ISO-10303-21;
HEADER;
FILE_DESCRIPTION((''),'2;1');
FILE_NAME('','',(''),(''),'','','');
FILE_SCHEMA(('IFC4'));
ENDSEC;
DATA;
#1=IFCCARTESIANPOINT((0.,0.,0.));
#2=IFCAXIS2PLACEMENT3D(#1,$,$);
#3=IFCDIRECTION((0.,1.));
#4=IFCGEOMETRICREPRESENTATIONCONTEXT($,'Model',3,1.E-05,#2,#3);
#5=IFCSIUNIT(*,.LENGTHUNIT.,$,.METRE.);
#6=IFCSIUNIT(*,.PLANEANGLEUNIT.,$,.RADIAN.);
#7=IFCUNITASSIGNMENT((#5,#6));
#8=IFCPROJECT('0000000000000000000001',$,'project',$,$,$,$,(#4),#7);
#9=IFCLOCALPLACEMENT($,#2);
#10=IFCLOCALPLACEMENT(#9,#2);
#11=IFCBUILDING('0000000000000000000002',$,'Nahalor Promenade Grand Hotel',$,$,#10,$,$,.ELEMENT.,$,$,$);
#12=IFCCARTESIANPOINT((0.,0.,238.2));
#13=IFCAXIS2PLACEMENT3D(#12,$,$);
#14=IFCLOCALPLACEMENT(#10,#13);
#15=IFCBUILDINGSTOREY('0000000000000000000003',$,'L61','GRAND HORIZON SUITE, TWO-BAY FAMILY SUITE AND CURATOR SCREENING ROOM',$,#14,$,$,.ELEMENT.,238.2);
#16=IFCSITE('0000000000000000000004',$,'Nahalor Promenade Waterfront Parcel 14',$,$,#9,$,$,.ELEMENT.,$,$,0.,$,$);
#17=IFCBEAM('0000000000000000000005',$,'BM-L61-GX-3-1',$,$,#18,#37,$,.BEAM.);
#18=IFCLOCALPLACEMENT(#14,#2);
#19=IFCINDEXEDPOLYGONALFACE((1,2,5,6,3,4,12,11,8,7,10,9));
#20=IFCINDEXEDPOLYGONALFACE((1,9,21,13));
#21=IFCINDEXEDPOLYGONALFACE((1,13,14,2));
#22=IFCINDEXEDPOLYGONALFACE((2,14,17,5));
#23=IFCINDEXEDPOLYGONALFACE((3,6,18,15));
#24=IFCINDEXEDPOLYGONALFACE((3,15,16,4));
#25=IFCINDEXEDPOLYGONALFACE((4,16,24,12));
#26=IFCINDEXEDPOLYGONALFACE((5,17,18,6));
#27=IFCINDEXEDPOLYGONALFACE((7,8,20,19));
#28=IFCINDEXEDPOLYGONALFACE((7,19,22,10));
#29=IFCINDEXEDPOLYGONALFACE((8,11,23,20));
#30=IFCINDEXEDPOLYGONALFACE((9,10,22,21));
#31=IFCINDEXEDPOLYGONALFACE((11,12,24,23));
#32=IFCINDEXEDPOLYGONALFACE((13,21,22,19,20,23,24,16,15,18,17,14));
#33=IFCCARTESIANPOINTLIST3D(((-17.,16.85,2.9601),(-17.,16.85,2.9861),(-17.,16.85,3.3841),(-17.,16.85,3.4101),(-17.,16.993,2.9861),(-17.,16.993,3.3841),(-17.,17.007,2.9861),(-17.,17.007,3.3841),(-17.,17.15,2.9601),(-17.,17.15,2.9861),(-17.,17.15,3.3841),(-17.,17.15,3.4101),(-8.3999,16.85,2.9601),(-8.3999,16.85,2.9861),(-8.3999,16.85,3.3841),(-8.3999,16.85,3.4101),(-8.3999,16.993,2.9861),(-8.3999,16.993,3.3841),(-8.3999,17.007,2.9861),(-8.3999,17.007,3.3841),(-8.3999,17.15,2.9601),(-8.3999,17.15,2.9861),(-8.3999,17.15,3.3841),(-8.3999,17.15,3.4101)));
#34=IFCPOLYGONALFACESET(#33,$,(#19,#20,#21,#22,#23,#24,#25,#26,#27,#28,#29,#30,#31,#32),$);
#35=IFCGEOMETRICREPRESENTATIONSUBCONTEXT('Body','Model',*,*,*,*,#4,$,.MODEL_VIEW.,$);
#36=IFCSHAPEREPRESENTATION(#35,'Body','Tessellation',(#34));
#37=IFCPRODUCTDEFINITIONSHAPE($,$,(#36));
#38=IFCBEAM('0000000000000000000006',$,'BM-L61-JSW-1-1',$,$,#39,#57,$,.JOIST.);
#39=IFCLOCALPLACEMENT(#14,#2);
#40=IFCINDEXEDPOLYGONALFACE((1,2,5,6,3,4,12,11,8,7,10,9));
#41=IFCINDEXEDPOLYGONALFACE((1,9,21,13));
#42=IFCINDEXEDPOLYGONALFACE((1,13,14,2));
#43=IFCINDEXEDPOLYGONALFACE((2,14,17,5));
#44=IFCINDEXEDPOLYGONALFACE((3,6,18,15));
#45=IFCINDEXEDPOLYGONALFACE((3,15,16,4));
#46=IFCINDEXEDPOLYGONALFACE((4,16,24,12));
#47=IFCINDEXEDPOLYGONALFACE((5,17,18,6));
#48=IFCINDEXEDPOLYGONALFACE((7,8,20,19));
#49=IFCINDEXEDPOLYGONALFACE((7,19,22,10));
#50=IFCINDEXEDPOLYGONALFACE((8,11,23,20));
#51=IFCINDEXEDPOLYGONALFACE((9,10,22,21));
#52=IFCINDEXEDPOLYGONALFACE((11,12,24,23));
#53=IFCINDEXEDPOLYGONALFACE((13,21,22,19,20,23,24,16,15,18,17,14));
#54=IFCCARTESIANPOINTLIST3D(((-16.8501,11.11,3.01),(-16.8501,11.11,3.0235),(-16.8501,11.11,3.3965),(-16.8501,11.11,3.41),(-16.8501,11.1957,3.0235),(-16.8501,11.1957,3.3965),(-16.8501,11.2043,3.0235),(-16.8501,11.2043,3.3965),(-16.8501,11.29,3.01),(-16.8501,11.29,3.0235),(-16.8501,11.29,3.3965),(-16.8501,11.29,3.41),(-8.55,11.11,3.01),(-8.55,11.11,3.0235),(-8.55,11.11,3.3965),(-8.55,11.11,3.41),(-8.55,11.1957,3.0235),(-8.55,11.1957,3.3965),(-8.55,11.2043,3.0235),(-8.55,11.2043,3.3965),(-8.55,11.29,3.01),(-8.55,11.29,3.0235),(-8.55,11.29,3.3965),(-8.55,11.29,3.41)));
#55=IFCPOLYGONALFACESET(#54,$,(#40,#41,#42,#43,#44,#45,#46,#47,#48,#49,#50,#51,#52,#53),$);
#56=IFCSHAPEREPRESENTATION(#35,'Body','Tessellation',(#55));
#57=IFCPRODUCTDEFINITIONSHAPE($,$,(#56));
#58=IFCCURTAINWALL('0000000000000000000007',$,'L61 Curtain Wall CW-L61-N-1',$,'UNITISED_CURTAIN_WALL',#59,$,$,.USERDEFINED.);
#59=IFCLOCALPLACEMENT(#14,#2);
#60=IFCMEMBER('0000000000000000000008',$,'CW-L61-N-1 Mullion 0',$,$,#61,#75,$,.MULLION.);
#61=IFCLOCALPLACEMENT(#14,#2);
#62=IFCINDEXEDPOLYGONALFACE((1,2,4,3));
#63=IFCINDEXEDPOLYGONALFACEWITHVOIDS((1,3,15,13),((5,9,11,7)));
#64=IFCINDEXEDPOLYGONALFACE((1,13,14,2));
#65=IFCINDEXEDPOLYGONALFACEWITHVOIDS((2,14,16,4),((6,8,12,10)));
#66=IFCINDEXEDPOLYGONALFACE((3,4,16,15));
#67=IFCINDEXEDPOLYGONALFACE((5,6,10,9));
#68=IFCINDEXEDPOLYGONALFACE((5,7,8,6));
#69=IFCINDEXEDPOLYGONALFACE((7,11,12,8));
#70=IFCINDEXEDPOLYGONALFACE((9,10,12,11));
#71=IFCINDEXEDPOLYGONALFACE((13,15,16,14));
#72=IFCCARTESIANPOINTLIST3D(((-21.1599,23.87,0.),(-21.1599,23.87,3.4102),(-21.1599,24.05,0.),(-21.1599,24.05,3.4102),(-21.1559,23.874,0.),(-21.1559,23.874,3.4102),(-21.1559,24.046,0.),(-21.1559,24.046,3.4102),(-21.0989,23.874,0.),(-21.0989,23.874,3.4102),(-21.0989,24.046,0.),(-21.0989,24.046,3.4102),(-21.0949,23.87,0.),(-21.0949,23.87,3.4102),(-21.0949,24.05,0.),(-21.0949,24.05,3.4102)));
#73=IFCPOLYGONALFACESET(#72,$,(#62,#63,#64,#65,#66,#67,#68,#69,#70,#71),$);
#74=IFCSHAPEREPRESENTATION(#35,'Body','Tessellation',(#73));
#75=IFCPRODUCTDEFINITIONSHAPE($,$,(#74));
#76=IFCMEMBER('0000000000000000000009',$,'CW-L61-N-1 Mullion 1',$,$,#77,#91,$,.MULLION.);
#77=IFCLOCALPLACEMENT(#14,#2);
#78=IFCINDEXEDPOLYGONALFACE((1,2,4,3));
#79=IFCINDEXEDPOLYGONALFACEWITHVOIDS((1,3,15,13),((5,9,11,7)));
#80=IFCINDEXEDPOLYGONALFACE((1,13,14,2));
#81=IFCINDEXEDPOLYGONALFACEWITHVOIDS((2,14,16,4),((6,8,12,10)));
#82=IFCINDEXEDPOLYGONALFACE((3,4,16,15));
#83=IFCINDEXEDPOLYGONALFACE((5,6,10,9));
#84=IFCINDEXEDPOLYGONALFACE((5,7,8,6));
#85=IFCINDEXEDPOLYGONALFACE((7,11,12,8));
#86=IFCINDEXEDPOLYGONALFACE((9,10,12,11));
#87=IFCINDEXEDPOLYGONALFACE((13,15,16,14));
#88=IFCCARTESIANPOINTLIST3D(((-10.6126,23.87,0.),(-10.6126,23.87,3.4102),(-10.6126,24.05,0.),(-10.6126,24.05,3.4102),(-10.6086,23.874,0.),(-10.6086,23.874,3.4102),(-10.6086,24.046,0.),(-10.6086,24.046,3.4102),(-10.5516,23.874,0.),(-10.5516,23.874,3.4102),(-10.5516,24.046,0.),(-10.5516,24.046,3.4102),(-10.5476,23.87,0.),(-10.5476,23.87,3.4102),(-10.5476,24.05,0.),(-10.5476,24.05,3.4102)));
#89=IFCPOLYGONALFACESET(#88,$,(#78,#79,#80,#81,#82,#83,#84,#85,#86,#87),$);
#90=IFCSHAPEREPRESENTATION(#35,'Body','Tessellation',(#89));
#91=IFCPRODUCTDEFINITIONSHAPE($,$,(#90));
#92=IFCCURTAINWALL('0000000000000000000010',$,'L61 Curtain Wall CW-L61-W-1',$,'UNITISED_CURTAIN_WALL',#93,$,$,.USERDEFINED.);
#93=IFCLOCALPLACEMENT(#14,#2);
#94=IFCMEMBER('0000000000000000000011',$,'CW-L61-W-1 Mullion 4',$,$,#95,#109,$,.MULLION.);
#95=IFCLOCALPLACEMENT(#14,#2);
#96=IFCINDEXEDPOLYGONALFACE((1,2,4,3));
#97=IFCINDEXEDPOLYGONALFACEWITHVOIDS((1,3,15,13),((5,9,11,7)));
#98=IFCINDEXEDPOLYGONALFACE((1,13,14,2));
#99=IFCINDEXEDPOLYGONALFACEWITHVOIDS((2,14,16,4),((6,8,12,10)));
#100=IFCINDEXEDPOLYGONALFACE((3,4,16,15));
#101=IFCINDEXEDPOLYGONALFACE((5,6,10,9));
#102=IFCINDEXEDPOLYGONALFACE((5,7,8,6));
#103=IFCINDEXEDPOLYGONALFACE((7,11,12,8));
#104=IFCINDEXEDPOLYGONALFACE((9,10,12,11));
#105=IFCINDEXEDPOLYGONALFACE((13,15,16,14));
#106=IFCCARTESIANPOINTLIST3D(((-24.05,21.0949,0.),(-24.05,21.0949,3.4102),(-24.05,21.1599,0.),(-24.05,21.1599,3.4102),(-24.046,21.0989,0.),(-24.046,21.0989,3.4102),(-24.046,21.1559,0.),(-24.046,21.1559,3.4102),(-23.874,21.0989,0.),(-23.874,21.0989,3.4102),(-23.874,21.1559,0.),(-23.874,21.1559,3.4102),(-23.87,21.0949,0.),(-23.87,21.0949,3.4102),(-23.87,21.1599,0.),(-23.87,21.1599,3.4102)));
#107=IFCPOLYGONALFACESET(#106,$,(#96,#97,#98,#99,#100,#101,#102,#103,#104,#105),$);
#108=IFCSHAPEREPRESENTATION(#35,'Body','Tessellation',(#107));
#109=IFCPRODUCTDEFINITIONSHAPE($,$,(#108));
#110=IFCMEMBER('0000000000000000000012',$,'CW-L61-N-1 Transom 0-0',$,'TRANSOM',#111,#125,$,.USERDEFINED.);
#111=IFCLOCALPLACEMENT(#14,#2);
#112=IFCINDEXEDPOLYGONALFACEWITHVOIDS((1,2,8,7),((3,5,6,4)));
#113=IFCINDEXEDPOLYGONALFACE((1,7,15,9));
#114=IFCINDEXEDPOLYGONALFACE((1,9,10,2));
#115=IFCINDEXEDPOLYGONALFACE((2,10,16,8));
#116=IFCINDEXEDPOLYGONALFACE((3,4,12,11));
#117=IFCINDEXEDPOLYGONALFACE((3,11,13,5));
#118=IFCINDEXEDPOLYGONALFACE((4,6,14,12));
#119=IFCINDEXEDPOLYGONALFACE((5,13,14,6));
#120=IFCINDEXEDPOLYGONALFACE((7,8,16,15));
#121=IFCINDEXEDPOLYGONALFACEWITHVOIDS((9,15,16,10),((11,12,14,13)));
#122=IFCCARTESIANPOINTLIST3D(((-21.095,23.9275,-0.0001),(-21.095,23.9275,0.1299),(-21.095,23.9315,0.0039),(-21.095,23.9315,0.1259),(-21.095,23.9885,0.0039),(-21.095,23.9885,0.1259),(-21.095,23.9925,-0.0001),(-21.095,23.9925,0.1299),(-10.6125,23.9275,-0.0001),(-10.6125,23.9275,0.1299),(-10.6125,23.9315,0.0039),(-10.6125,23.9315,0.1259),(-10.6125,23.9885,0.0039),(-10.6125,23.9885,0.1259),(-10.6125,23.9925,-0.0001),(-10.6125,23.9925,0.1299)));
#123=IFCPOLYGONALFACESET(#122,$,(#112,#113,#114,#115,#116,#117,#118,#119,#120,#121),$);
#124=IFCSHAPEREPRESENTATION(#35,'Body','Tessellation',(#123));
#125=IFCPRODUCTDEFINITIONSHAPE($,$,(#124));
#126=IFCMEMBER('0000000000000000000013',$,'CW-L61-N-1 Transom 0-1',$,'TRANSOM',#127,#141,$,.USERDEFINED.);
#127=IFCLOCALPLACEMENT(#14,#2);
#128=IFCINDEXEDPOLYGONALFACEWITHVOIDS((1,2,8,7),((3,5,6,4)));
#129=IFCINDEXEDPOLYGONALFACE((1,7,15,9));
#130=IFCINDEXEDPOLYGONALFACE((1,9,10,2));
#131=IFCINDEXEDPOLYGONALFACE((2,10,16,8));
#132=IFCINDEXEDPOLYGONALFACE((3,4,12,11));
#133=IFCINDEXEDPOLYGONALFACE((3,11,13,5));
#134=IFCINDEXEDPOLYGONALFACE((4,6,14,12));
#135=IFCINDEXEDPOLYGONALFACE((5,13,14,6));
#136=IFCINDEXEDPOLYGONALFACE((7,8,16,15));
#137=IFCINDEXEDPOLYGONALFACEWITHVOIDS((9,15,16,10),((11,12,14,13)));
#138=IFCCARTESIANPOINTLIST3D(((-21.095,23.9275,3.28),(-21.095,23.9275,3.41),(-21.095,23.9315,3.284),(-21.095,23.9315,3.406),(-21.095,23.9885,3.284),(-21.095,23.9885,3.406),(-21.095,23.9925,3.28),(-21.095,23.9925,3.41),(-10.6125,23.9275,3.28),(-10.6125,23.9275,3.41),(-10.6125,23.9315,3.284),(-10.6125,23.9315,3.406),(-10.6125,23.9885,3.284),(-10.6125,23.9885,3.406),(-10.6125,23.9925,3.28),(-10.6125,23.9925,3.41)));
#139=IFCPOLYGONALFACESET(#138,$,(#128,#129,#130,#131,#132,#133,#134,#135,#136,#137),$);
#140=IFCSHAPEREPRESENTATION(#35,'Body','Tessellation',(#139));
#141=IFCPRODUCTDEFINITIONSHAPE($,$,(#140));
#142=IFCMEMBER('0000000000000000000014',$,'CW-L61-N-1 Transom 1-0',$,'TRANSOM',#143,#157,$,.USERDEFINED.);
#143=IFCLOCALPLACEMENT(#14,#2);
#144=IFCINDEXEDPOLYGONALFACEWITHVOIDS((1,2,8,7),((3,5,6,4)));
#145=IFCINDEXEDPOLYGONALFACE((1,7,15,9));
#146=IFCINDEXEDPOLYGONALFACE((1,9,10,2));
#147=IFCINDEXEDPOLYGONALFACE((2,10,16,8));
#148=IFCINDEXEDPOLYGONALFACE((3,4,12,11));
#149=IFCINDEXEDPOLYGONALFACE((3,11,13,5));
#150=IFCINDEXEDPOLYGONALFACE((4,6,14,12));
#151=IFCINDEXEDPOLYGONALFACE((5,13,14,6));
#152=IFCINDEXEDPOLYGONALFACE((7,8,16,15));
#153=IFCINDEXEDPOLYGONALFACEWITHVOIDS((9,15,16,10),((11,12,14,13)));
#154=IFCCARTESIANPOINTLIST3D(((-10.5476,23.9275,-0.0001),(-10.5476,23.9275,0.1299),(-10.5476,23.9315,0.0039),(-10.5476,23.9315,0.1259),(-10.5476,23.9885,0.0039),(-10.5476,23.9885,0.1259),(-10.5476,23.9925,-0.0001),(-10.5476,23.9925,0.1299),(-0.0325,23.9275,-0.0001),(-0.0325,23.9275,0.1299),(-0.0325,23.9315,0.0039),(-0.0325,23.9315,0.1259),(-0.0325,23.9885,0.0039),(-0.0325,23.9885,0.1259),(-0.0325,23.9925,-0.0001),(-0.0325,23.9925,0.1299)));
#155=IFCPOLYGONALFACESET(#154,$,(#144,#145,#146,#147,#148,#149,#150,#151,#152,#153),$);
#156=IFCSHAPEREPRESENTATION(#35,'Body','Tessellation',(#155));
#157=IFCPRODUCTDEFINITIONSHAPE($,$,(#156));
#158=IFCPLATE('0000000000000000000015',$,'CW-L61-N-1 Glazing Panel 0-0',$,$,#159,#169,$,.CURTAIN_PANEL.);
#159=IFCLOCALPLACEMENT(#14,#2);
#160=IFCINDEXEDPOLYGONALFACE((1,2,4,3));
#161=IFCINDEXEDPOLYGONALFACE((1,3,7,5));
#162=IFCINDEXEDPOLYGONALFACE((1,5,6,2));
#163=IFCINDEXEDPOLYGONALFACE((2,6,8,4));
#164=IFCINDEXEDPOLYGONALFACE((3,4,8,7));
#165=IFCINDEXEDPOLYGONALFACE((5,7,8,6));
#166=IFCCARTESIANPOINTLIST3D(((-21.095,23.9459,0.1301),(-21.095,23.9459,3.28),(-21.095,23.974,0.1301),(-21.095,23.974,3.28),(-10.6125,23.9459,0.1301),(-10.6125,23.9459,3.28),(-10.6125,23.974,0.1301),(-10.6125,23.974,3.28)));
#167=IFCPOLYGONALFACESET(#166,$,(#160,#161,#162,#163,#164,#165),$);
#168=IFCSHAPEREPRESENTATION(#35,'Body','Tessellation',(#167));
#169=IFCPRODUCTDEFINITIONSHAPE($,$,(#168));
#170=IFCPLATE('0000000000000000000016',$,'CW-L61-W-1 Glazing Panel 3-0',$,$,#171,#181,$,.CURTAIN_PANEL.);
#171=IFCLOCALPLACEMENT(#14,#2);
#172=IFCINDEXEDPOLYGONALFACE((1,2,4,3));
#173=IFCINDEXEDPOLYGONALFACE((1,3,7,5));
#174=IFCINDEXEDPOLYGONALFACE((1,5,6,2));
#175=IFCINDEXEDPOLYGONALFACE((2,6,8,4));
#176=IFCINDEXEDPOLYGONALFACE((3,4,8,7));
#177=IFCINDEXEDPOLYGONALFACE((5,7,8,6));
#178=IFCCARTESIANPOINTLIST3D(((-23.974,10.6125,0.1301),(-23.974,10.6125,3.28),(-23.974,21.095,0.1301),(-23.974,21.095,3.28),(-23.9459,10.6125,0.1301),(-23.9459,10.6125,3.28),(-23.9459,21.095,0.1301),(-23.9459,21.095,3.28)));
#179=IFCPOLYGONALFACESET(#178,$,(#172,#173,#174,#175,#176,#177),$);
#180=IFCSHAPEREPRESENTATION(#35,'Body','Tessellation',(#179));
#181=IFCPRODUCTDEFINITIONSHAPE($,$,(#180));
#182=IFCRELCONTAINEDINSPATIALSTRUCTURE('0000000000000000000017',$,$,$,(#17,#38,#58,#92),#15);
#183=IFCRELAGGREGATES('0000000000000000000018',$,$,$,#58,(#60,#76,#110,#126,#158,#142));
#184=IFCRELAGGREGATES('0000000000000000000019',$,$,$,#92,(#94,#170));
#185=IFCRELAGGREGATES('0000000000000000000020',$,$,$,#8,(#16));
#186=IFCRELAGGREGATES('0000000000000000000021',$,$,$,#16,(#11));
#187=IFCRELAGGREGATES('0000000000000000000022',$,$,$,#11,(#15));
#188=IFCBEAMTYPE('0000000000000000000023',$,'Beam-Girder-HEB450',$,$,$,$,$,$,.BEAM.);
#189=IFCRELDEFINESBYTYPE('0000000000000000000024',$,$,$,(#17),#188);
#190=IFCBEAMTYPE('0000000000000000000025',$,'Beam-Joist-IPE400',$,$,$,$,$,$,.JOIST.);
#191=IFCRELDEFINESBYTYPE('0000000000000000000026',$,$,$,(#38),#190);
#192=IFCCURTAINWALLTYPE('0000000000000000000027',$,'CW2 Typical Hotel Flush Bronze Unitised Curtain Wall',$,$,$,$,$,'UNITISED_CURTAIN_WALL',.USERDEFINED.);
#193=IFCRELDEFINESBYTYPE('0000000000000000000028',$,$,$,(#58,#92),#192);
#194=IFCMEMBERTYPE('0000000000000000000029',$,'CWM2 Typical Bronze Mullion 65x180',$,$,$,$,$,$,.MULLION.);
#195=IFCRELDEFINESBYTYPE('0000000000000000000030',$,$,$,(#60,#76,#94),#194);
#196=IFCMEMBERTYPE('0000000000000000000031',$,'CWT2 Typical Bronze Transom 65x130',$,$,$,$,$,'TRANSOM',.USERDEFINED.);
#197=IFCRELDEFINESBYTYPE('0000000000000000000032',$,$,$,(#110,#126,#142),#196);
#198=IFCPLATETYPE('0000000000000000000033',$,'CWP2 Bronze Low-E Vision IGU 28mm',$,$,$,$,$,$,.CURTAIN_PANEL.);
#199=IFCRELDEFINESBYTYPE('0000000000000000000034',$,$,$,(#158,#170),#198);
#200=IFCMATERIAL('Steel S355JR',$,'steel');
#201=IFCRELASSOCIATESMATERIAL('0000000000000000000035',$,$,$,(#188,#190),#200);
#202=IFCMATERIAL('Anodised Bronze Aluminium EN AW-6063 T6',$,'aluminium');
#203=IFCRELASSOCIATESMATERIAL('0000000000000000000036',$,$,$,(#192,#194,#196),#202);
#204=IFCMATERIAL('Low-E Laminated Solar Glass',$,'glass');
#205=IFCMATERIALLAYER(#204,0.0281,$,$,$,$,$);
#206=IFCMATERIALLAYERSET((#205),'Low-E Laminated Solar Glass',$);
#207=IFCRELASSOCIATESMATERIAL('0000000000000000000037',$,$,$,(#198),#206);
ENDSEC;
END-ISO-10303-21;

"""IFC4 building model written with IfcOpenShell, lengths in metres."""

from ifc_helpers import new_model, si_unit, direction, frame, origin, origin_2d, place, context, subcontext, project, spatial, rectangle, hollow_rectangle, i_section, extrude, source, transform, mapped, material, layer, layer_set, material_profile, profile_set, type_object, element, aggregate, save


model = new_model("IFC4")

# Units and contexts
model_context = context("Model", 3, precision=1e-05, world=origin(), true_north=direction((0.0, 1.0)))
body_context = subcontext(model_context, "Body", "Model", "MODEL_VIEW")
ifc_project = project(units=[si_unit("LENGTHUNIT", "METRE"), si_unit("PLANEANGLEUNIT", "RADIAN")], contexts=[model_context])

# Site, building, storey
site_placement = place(None, origin())
site = spatial("IfcSite", under=ifc_project, at=site_placement, Name="Nahalor Promenade Waterfront Parcel 14", CompositionType="ELEMENT", RefElevation=0.0)
building_placement = place(site_placement, origin())
building = spatial("IfcBuilding", under=site, at=building_placement, Name="Nahalor Promenade Grand Hotel", CompositionType="ELEMENT")
storey_placement = place(building_placement, frame((0.0, 0.0, 238.2)))
storey = spatial("IfcBuildingStorey", under=building, at=storey_placement, Name="L61", Description="GRAND HORIZON SUITE, TWO-BAY FAMILY SUITE AND CURATOR SCREENING ROOM", CompositionType="ELEMENT", Elevation=238.2)

# Shared definitions
ifc_material_1 = material(Name="Steel S355JR", Category="steel")

# Beams
ifc_material_profile_1 = material_profile(ifc_material_1, i_section(OverallWidth=0.3, OverallDepth=0.45, WebThickness=0.014, FlangeThickness=0.026, at=origin_2d()), Name="HEB 450")
ifc_profile_set_1 = profile_set([ifc_material_profile_1], Name="Steel S355JR")
beam_type_1 = type_object("IfcBeamType", Name="Beam-Girder-HEB450", PredefinedType="BEAM", material=ifc_profile_set_1)
shared_shape_1 = source(origin(), body_context, "Body", "SweptSolid", [
    extrude(i_section(OverallWidth=0.3, OverallDepth=0.45, WebThickness=0.014, FlangeThickness=0.026, at=origin_2d()), origin(), (0.0, 0.0, 1.0), 8.6001),
])
beam_1_placement = place(storey_placement, frame((-17.0, 17.0, 3.1851), z_axis=(1.0, 0.0, 0.0), x_axis=(0.0, 1.0, 0.0)))
element("IfcBeam", 1, at=beam_1_placement, inside=storey, type_object=beam_type_1, Name="BM-L61-GX-3-1", PredefinedType="BEAM", context=body_context, shape_type="MappedRepresentation", body=[
    mapped(shared_shape_1, transform((0.0, 0.0, 0.0), scale=1.0)),
])
ifc_material_profile_2 = material_profile(ifc_material_1, i_section(OverallWidth=0.18, OverallDepth=0.4, WebThickness=0.0086, FlangeThickness=0.0135, at=origin_2d()), Name="IPE 400")
ifc_profile_set_2 = profile_set([ifc_material_profile_2], Name="Steel S355JR")
beam_type_2 = type_object("IfcBeamType", Name="Beam-Joist-IPE400", PredefinedType="JOIST", material=ifc_profile_set_2)
shared_shape_2 = source(origin(), body_context, "Body", "SweptSolid", [
    extrude(i_section(OverallWidth=0.18, OverallDepth=0.4, WebThickness=0.0086, FlangeThickness=0.0135, at=origin_2d()), origin(), (0.0, 0.0, 1.0), 8.3),
])
beam_2_placement = place(storey_placement, frame((-16.8501, 11.2, 3.21), z_axis=(1.0, 0.0, 0.0), x_axis=(0.0, 1.0, 0.0)))
element("IfcBeam", 2, at=beam_2_placement, inside=storey, type_object=beam_type_2, Name="BM-L61-JSW-1-1", PredefinedType="JOIST", context=body_context, shape_type="MappedRepresentation", body=[
    mapped(shared_shape_2, transform((0.0, 0.0, 0.0), scale=1.0)),
])

# Curtain wall, members
ifc_material_2 = material(Name="Anodised Bronze Aluminium EN AW-6063 T6", Category="aluminium")
curtain_wall_type = type_object("IfcCurtainWallType", Name="CW2 Typical Hotel Flush Bronze Unitised Curtain Wall", ElementType="UNITISED_CURTAIN_WALL", PredefinedType="USERDEFINED", material=ifc_material_2)
curtain_wall_1_placement = place(storey_placement, origin())
curtain_wall_1 = element("IfcCurtainWall", 3, at=curtain_wall_1_placement, inside=storey, type_object=curtain_wall_type, Name="L61 Curtain Wall CW-L61-N-1", ObjectType="UNITISED_CURTAIN_WALL", PredefinedType="USERDEFINED")
ifc_material_profile_3 = material_profile(ifc_material_2, hollow_rectangle(XDim=0.065, YDim=0.18, WallThickness=0.004, at=origin_2d()), Name="CWM 65x180x4")
ifc_profile_set_3 = profile_set([ifc_material_profile_3], Name="Anodised Bronze Aluminium EN AW-6063 T6")
member_type_1 = type_object("IfcMemberType", Name="CWM2 Typical Bronze Mullion 65x180", PredefinedType="MULLION", material=ifc_profile_set_3)
shared_shape_3 = source(origin(), body_context, "Body", "SweptSolid", [
    extrude(hollow_rectangle(XDim=0.065, YDim=0.18, WallThickness=0.004, at=origin_2d()), origin(), (0.0, 0.0, 1.0), 3.4102),
])
member_1_placement = place(storey_placement, frame((-21.1274, 23.96, 0.0), z_axis=(0.0, 0.0, 1.0), x_axis=(1.0, 0.0, 0.0)))
member_1 = element("IfcMember", 4, at=member_1_placement, type_object=member_type_1, Name="CW-L61-N-1 Mullion 0", PredefinedType="MULLION", context=body_context, shape_type="MappedRepresentation", body=[
    mapped(shared_shape_3, transform((0.0, 0.0, 0.0), scale=1.0)),
])
member_2_placement = place(storey_placement, frame((-10.5801, 23.96, 0.0), z_axis=(0.0, 0.0, 1.0), x_axis=(1.0, 0.0, 0.0)))
member_2 = element("IfcMember", 5, at=member_2_placement, type_object=member_type_1, Name="CW-L61-N-1 Mullion 1", PredefinedType="MULLION", context=body_context, shape_type="MappedRepresentation", body=[
    mapped(shared_shape_3, transform((0.0, 0.0, 0.0), scale=1.0)),
])

# Curtain wall, member
curtain_wall_2_placement = place(storey_placement, origin())
curtain_wall_2 = element("IfcCurtainWall", 6, at=curtain_wall_2_placement, inside=storey, type_object=curtain_wall_type, Name="L61 Curtain Wall CW-L61-W-1", ObjectType="UNITISED_CURTAIN_WALL", PredefinedType="USERDEFINED")
member_3_placement = place(storey_placement, frame((-23.96, 21.1274, 0.0), z_axis=(0.0, 0.0, 1.0), x_axis=(0.0, 1.0, 0.0)))
member_3 = element("IfcMember", 7, at=member_3_placement, type_object=member_type_1, Name="CW-L61-W-1 Mullion 4", PredefinedType="MULLION", context=body_context, shape_type="MappedRepresentation", body=[
    mapped(shared_shape_3, transform((0.0, 0.0, 0.0), scale=1.0)),
])

# Members
ifc_material_profile_4 = material_profile(ifc_material_2, hollow_rectangle(XDim=0.065, YDim=0.13, WallThickness=0.004, at=origin_2d()), Name="CWT 65x130x4")
ifc_profile_set_4 = profile_set([ifc_material_profile_4], Name="Anodised Bronze Aluminium EN AW-6063 T6")
member_type_2 = type_object("IfcMemberType", Name="CWT2 Typical Bronze Transom 65x130", ElementType="TRANSOM", PredefinedType="USERDEFINED", material=ifc_profile_set_4)
shared_shape_4 = source(origin(), body_context, "Body", "SweptSolid", [
    extrude(hollow_rectangle(XDim=0.065, YDim=0.13, WallThickness=0.004, at=origin_2d()), origin(), (0.0, 0.0, 1.0), 10.4824),
])
member_4_placement = place(storey_placement, frame((-21.095, 23.96, 0.0649), z_axis=(1.0, 0.0, 0.0), x_axis=(0.0, 1.0, 0.0)))
member_4 = element("IfcMember", 8, at=member_4_placement, type_object=member_type_2, Name="CW-L61-N-1 Transom 0-0", ObjectType="TRANSOM", PredefinedType="USERDEFINED", context=body_context, shape_type="MappedRepresentation", body=[
    mapped(shared_shape_4, transform((0.0, 0.0, 0.0), scale=1.0)),
])
member_5_placement = place(storey_placement, frame((-21.095, 23.96, 3.345), z_axis=(1.0, 0.0, 0.0), x_axis=(0.0, 1.0, 0.0)))
member_5 = element("IfcMember", 9, at=member_5_placement, type_object=member_type_2, Name="CW-L61-N-1 Transom 0-1", ObjectType="TRANSOM", PredefinedType="USERDEFINED", context=body_context, shape_type="MappedRepresentation", body=[
    mapped(shared_shape_4, transform((0.0, 0.0, 0.0), scale=1.0)),
])
shared_shape_5 = source(origin(), body_context, "Body", "SweptSolid", [
    extrude(hollow_rectangle(XDim=0.065, YDim=0.13, WallThickness=0.004, at=origin_2d()), origin(), (0.0, 0.0, 1.0), 10.5151),
])
member_6_placement = place(storey_placement, frame((-10.5476, 23.96, 0.0649), z_axis=(1.0, 0.0, 0.0), x_axis=(0.0, 1.0, 0.0)))
member_6 = element("IfcMember", 10, at=member_6_placement, type_object=member_type_2, Name="CW-L61-N-1 Transom 1-0", ObjectType="TRANSOM", PredefinedType="USERDEFINED", context=body_context, shape_type="MappedRepresentation", body=[
    mapped(shared_shape_5, transform((0.0, 0.0, 0.0), scale=1.0)),
])

# Plates
ifc_material_3 = material(Name="Low-E Laminated Solar Glass", Category="glass")
ifc_layer_1 = layer(ifc_material_3, 0.0281)
ifc_layer_set_1 = layer_set([ifc_layer_1], Name="Low-E Laminated Solar Glass")
plate_type = type_object("IfcPlateType", Name="CWP2 Bronze Low-E Vision IGU 28mm", PredefinedType="CURTAIN_PANEL", material=ifc_layer_set_1)
shared_shape_6 = source(origin(), body_context, "Body", "SweptSolid", [
    extrude(rectangle(XDim=10.4824, YDim=0.0281, at=origin_2d()), origin(), (0.0, 0.0, 1.0), 3.1499),
])
plate_1_placement = place(storey_placement, frame((-15.8538, 23.96, 0.1301), z_axis=(0.0, 0.0, 1.0), x_axis=(1.0, 0.0, 0.0)))
plate_1 = element("IfcPlate", 11, at=plate_1_placement, type_object=plate_type, Name="CW-L61-N-1 Glazing Panel 0-0", PredefinedType="CURTAIN_PANEL", context=body_context, shape_type="MappedRepresentation", body=[
    mapped(shared_shape_6, transform((0.0, 0.0, 0.0), scale=1.0)),
])
aggregate(curtain_wall_1, [member_1, member_2, member_4, member_5, plate_1, member_6])
plate_2_placement = place(storey_placement, frame((-23.96, 15.8538, 0.1301), z_axis=(0.0, 0.0, 1.0), x_axis=(0.0, 1.0, 0.0)))
plate_2 = element("IfcPlate", 12, at=plate_2_placement, type_object=plate_type, Name="CW-L61-W-1 Glazing Panel 3-0", PredefinedType="CURTAIN_PANEL", context=body_context, shape_type="MappedRepresentation", body=[
    mapped(shared_shape_6, transform((0.0, 0.0, 0.0), scale=1.0)),
])
aggregate(curtain_wall_2, [member_3, plate_2])

save(model, "model.ifc")
